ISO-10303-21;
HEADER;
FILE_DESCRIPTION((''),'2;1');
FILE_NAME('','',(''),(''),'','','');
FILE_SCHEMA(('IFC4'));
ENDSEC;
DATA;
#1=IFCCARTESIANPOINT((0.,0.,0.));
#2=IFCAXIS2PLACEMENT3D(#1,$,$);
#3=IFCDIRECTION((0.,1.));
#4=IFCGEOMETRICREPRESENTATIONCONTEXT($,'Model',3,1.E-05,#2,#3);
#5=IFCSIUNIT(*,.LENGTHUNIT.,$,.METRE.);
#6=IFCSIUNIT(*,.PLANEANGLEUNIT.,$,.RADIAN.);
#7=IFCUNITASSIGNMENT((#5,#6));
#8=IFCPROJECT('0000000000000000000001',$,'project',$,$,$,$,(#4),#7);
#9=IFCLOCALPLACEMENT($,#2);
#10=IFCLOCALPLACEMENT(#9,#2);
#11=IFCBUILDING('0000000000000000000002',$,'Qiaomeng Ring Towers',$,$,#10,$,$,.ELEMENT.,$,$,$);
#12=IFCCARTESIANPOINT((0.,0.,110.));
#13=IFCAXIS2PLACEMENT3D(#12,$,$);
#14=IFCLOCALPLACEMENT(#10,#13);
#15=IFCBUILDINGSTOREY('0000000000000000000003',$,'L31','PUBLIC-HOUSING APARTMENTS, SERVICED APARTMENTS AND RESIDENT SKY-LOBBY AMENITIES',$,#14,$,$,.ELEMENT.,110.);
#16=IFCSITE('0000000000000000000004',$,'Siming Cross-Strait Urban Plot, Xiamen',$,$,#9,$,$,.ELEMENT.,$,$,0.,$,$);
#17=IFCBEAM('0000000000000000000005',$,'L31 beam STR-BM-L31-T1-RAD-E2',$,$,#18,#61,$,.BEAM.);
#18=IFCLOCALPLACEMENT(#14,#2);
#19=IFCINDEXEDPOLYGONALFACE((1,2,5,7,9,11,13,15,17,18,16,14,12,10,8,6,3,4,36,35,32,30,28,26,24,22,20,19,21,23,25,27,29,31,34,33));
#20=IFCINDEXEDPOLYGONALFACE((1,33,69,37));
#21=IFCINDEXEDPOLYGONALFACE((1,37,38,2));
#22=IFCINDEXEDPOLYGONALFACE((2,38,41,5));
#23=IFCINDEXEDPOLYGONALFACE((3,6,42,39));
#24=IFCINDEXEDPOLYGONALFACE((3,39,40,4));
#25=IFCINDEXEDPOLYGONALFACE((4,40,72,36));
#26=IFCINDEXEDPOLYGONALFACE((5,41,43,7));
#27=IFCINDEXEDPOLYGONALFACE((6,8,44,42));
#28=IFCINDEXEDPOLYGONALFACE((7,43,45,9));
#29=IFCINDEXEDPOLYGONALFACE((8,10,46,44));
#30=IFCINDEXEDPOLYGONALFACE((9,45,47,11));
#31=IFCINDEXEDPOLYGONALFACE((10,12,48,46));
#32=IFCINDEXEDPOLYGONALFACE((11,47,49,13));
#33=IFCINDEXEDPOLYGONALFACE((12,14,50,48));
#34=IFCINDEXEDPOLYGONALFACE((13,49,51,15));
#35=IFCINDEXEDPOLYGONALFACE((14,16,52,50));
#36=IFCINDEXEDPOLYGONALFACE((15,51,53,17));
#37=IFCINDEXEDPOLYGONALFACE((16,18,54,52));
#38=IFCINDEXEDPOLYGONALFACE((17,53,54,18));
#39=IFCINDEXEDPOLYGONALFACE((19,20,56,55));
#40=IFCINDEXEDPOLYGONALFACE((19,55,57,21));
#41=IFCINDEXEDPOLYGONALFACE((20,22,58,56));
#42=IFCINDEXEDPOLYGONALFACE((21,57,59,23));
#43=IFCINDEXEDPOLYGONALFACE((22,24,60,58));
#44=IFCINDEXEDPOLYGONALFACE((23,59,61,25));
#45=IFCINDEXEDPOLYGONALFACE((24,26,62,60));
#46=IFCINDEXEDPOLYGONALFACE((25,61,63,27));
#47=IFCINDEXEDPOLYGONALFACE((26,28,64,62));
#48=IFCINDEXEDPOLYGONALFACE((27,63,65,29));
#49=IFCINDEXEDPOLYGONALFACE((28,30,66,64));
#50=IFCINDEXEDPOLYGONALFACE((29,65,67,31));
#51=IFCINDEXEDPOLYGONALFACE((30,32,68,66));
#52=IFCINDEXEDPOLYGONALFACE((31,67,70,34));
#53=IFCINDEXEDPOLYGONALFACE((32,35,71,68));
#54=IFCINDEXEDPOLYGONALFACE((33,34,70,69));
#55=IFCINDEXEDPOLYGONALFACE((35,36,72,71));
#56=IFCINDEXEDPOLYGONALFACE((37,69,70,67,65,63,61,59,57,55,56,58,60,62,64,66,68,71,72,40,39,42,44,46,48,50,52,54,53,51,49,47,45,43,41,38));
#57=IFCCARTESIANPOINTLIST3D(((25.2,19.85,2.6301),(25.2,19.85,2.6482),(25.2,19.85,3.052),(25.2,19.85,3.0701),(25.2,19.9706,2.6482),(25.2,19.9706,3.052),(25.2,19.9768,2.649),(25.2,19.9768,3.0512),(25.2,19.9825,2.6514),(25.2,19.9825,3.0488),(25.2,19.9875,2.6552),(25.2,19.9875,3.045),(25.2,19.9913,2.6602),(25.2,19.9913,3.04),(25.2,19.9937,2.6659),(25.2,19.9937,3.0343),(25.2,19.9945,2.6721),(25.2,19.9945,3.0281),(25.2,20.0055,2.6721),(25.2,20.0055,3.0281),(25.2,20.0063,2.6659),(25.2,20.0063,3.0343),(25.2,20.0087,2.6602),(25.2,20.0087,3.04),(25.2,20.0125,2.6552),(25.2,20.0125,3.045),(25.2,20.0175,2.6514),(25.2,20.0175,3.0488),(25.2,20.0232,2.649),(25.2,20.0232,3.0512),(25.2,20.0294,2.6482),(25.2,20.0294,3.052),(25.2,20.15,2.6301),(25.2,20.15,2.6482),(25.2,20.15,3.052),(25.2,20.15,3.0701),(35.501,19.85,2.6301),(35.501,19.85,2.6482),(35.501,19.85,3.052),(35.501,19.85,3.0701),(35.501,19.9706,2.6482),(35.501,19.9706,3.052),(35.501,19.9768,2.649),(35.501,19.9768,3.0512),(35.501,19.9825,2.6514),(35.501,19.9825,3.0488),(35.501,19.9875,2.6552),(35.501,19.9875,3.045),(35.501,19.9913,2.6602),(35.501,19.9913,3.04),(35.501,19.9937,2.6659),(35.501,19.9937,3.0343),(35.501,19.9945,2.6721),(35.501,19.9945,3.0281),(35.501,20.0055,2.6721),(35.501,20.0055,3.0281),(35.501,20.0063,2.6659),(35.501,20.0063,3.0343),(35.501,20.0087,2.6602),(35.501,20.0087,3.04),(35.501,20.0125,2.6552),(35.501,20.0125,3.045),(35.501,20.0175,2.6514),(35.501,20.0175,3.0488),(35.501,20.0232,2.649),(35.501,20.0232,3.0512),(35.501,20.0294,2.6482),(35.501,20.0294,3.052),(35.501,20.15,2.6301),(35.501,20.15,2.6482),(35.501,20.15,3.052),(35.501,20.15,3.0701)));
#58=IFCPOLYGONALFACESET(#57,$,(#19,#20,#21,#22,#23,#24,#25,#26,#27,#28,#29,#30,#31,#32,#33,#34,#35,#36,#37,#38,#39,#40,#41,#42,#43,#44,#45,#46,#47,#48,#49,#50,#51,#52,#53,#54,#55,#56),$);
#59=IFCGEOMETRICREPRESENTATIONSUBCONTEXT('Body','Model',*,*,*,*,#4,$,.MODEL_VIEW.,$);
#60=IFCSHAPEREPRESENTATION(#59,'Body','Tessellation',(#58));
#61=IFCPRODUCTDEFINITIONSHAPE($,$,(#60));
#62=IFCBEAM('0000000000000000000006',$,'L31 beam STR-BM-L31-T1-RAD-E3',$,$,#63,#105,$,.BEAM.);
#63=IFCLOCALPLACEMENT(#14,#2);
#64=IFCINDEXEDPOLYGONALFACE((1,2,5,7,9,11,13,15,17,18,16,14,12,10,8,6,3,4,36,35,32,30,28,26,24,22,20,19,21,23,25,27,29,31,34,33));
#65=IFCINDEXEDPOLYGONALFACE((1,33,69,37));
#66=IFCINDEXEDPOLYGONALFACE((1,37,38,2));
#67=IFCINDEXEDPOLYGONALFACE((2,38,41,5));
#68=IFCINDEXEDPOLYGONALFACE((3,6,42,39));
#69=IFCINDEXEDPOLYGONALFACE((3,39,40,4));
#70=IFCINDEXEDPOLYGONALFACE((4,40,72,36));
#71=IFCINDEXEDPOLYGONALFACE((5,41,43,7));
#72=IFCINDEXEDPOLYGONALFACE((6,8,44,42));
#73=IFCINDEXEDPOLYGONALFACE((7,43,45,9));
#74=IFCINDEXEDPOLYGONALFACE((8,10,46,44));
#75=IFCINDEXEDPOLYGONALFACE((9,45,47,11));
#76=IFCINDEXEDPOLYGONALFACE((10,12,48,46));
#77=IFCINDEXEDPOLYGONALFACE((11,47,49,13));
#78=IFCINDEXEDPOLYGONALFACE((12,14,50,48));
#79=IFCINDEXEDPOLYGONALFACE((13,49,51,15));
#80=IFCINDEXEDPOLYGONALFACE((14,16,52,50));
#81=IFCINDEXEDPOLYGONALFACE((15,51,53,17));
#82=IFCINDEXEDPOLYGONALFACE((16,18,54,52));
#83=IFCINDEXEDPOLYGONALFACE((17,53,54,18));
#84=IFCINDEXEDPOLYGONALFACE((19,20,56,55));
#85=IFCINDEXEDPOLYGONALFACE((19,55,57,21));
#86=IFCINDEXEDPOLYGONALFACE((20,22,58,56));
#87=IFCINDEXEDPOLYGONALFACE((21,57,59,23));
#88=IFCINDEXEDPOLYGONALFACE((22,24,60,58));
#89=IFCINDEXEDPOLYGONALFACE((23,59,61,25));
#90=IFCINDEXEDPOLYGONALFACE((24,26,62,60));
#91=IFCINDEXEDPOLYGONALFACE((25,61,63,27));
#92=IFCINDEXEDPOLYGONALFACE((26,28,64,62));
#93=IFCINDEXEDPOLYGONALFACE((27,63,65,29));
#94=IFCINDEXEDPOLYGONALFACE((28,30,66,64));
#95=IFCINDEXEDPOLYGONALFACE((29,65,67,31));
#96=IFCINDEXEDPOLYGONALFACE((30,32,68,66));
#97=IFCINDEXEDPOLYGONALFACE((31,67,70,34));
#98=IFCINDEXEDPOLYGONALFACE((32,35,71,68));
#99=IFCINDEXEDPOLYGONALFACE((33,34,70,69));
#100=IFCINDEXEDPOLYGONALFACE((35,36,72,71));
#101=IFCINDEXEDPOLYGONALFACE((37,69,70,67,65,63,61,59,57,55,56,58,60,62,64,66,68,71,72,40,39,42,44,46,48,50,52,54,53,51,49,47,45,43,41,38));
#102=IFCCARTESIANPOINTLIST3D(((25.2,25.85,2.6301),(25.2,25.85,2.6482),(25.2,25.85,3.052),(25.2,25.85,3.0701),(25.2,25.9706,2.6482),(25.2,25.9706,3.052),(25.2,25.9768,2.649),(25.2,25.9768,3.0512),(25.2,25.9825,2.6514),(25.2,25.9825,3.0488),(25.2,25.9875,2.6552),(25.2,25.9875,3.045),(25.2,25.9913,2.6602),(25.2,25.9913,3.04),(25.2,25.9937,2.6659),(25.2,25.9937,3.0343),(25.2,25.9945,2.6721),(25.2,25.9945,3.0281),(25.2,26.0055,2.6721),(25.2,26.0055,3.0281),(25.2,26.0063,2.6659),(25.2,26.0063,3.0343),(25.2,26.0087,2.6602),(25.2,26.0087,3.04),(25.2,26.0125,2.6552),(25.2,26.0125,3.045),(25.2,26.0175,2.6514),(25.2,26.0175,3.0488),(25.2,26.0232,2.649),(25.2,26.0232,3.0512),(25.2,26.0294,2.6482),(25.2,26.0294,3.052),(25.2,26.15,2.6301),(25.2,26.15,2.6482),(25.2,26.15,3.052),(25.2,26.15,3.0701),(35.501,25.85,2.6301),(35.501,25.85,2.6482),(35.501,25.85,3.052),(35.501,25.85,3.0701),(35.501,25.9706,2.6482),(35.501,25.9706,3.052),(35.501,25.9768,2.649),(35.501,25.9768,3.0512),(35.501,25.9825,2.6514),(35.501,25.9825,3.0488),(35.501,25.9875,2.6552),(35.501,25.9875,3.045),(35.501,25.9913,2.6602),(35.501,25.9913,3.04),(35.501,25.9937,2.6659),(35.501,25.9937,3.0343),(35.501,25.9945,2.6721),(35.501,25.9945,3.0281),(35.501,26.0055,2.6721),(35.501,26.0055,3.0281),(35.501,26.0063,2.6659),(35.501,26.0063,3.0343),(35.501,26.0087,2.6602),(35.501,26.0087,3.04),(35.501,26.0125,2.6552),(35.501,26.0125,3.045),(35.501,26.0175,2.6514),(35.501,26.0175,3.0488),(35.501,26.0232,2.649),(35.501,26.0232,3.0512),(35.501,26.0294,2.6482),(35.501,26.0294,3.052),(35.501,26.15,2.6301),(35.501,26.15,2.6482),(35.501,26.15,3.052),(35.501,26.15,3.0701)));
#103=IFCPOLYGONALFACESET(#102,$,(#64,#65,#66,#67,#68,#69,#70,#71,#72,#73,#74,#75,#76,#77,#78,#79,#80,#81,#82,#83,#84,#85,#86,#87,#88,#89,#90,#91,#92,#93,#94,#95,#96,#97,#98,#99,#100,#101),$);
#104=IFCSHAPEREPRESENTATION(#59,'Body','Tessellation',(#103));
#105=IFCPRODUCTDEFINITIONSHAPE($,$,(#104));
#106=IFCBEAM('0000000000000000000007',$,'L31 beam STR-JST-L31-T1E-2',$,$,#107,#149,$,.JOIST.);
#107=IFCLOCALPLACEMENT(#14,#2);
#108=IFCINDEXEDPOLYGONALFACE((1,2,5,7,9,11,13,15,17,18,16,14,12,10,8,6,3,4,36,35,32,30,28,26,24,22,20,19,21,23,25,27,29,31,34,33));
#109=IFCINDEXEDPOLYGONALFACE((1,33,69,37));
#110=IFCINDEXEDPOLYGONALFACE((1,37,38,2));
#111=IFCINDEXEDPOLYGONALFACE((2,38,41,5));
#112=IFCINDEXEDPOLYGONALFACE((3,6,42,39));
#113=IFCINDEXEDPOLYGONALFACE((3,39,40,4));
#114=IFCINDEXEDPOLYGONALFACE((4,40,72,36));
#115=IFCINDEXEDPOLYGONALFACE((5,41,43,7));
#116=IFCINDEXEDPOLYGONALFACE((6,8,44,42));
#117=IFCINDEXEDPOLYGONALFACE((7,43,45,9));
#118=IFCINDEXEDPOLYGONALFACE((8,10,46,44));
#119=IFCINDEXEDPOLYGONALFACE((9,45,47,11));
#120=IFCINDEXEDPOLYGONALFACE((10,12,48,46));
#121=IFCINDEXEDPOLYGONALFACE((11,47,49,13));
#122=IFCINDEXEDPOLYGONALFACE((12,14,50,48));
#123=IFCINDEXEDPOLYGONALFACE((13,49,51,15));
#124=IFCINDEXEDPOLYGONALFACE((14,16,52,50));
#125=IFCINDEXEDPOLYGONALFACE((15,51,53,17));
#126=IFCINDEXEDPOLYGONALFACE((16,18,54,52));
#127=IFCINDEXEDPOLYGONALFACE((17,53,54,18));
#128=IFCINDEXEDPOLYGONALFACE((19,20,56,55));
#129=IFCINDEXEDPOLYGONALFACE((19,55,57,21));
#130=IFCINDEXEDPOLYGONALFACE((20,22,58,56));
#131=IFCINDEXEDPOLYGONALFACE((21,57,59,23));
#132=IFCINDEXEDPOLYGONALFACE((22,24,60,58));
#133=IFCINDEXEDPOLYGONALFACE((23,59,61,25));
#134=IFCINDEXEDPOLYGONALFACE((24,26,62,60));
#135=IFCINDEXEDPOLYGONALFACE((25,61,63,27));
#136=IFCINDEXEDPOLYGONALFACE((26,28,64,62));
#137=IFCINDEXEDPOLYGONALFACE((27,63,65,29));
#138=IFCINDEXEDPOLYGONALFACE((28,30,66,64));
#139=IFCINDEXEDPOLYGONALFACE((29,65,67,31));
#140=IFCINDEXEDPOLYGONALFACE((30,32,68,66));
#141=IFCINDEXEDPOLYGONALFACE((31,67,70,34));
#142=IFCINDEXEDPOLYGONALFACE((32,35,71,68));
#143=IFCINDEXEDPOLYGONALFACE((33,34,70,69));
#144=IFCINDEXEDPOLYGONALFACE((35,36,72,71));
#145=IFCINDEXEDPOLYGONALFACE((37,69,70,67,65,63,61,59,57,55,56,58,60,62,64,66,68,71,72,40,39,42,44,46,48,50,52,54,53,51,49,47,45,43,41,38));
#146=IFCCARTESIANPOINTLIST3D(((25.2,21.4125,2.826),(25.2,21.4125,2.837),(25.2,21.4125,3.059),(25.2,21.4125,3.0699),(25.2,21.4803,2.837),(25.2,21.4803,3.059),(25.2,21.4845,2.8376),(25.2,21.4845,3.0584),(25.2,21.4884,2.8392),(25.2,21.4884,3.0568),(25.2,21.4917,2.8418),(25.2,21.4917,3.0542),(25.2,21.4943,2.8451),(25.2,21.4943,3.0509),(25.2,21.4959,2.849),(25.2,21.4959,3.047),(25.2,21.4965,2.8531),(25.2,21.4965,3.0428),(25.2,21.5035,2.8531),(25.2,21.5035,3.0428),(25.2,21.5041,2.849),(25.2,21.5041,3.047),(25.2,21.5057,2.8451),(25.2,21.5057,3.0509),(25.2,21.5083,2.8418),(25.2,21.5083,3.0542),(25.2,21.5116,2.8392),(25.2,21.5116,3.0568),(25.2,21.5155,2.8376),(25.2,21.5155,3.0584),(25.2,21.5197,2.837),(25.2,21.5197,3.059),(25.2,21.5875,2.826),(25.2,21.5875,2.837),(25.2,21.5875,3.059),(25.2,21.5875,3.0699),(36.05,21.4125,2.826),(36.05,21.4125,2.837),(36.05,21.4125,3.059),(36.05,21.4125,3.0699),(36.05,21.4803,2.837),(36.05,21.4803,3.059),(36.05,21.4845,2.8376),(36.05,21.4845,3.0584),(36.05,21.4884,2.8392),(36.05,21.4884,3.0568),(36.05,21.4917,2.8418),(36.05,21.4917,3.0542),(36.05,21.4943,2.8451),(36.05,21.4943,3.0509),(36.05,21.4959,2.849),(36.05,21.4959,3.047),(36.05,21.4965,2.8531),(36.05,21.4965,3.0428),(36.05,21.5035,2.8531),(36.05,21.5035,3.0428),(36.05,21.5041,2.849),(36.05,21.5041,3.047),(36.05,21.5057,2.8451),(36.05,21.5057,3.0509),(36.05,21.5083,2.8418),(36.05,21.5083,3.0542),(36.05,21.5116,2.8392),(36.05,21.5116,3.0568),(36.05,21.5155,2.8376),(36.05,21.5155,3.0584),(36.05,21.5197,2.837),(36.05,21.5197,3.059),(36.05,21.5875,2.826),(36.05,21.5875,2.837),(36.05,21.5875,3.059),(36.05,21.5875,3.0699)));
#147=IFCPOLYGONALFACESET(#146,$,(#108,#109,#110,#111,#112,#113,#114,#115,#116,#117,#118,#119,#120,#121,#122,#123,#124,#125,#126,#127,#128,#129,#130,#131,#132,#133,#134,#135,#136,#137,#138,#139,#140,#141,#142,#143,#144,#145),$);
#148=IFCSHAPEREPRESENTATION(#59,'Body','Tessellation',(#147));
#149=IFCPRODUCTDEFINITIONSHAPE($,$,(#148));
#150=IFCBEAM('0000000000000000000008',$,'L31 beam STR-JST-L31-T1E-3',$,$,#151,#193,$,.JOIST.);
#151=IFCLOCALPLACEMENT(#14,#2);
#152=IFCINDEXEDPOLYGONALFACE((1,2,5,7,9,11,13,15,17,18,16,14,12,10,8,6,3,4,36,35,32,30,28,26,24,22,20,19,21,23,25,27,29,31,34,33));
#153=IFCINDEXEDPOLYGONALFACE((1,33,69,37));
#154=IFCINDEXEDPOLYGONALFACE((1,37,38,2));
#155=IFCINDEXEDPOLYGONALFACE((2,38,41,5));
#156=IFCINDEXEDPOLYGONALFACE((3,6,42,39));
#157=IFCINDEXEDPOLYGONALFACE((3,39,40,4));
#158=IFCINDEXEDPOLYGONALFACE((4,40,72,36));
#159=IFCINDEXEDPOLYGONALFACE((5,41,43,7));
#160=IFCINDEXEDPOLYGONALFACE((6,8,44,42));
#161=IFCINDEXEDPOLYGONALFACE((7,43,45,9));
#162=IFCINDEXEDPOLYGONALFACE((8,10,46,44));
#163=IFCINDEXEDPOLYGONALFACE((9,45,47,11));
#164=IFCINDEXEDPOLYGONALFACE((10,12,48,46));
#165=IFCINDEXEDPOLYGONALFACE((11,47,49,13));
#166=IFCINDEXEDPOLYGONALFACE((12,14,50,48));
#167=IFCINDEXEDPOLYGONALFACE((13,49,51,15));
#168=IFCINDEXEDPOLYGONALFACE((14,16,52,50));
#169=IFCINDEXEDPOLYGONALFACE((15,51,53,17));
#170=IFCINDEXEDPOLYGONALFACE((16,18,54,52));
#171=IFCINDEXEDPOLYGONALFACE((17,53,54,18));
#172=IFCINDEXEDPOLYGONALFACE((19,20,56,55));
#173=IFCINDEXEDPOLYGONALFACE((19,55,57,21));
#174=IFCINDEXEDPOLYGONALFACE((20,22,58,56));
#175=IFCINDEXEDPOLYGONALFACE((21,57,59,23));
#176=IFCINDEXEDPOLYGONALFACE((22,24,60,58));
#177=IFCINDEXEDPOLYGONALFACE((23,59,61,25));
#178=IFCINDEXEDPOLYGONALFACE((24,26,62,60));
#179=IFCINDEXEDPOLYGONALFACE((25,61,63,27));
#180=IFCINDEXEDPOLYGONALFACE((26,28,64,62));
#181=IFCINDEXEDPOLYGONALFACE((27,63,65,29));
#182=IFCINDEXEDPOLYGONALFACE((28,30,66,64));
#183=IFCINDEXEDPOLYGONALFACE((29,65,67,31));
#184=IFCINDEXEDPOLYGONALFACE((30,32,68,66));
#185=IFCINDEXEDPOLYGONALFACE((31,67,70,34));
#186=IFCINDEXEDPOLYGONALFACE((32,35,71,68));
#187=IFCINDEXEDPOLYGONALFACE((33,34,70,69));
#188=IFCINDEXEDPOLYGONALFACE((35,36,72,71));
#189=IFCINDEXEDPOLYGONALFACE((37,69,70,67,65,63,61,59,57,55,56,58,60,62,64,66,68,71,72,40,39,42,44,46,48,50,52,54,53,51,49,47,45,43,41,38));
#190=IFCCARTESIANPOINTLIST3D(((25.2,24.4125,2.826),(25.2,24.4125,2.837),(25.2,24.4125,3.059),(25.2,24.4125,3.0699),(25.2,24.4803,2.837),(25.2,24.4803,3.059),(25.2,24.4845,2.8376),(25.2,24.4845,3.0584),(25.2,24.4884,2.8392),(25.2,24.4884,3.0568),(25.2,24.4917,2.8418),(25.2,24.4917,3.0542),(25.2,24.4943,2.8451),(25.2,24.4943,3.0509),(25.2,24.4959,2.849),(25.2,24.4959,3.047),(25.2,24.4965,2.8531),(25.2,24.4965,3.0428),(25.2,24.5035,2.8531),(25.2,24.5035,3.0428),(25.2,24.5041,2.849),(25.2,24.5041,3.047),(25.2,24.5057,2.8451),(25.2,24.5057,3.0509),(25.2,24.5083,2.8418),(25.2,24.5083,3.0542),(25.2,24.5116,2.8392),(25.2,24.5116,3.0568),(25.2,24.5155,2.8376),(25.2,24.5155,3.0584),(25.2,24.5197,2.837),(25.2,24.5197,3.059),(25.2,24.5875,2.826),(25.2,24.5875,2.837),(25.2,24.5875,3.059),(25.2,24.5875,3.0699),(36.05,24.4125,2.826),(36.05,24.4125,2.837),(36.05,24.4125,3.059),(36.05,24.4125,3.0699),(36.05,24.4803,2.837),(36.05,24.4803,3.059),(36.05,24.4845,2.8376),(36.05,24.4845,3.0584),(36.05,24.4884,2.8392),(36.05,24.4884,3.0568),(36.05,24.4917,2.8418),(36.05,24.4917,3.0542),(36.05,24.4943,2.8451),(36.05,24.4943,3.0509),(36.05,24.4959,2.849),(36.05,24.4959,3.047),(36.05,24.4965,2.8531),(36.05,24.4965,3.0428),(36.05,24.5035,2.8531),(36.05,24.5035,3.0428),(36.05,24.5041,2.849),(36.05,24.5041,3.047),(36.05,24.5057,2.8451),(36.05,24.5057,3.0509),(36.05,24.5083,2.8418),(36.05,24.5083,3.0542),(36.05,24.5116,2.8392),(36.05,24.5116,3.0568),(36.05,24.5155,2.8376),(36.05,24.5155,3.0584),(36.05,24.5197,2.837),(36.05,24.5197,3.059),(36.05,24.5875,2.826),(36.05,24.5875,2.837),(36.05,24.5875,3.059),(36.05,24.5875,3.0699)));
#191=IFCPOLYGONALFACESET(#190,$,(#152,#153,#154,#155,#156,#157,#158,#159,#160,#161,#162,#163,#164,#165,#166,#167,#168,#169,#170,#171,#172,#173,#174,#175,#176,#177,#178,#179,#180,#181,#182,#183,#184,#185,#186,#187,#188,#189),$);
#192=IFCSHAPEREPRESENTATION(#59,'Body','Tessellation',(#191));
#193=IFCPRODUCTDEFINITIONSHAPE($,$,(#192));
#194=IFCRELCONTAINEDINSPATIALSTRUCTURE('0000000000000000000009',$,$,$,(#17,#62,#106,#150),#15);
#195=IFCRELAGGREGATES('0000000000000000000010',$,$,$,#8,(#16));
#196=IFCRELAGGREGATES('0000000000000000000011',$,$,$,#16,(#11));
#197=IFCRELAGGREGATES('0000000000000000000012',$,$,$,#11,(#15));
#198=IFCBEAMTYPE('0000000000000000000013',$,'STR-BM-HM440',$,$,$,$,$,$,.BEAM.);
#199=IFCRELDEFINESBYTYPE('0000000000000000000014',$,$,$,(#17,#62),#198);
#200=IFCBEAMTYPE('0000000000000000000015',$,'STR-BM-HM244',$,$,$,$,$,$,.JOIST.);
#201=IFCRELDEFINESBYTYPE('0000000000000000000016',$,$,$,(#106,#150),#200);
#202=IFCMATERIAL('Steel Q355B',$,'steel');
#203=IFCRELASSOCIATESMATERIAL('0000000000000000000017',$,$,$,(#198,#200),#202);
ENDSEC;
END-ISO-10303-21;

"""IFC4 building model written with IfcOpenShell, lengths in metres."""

from ifc_helpers import new_model, si_unit, direction, frame, origin, origin_2d, place, context, subcontext, project, spatial, i_section, extrude, source, transform, mapped, material, material_profile, profile_set, type_object, element, save


model = new_model("IFC4")

# Units and contexts
model_context = context("Model", 3, precision=1e-05, world=origin(), true_north=direction((0.0, 1.0)))
body_context = subcontext(model_context, "Body", "Model", "MODEL_VIEW")
ifc_project = project(units=[si_unit("LENGTHUNIT", "METRE"), si_unit("PLANEANGLEUNIT", "RADIAN")], contexts=[model_context])

# Site, building, storey
site_placement = place(None, origin())
site = spatial("IfcSite", under=ifc_project, at=site_placement, Name="Siming Cross-Strait Urban Plot, Xiamen", CompositionType="ELEMENT", RefElevation=0.0)
building_placement = place(site_placement, origin())
building = spatial("IfcBuilding", under=site, at=building_placement, Name="Qiaomeng Ring Towers", CompositionType="ELEMENT")
storey_placement = place(building_placement, frame((0.0, 0.0, 110.0)))
storey = spatial("IfcBuildingStorey", under=building, at=storey_placement, Name="L31", Description="PUBLIC-HOUSING APARTMENTS, SERVICED APARTMENTS AND RESIDENT SKY-LOBBY AMENITIES", CompositionType="ELEMENT", Elevation=110.0)

# Beams
ifc_material_1 = material(Name="Steel Q355B", Category="steel")
ifc_material_profile_1 = material_profile(ifc_material_1, i_section(OverallWidth=0.3, OverallDepth=0.4399, WebThickness=0.011, FlangeThickness=0.0181, FilletRadius=0.0239, at=origin_2d()), Name="HM 440x300x11x18")
ifc_profile_set_1 = profile_set([ifc_material_profile_1], Name="Steel Q355B")
beam_type_1 = type_object("IfcBeamType", Name="STR-BM-HM440", PredefinedType="BEAM", material=ifc_profile_set_1)
shared_shape_1 = source(origin(), body_context, "Body", "SweptSolid", [
    extrude(i_section(OverallWidth=0.3, OverallDepth=0.4399, WebThickness=0.011, FlangeThickness=0.0181, FilletRadius=0.0239, at=origin_2d()), origin(), (0.0, 0.0, 1.0), 10.301),
])
for number, where, z_axis, x_axis, name in (
    (1, (25.2, 20.0, 2.8501), (1.0, 0.0, 0.0), (0.0, 1.0, 0.0), "L31 beam STR-BM-L31-T1-RAD-E2"),
    (2, (25.2, 26.0, 2.8501), (1.0, 0.0, 0.0), (0.0, 1.0, 0.0), "L31 beam STR-BM-L31-T1-RAD-E3"),
):
    element("IfcBeam", number, at=place(storey_placement, frame(where, z_axis=z_axis, x_axis=x_axis)), inside=storey, type_object=beam_type_1, Name=name, PredefinedType="BEAM", context=body_context, shape_type="MappedRepresentation", body=[
        mapped(shared_shape_1, transform((0.0, 0.0, 0.0), x_axis=(1.0, 0.0, 0.0), y_axis=(0.0, 1.0, 0.0), z_axis=(0.0, 0.0, 1.0), scale=1.0)),
    ])
ifc_material_profile_2 = material_profile(ifc_material_1, i_section(OverallWidth=0.175, OverallDepth=0.2439, WebThickness=0.0071, FlangeThickness=0.011, FilletRadius=0.0161, at=origin_2d()), Name="HM 244x175x7x11")
ifc_profile_set_2 = profile_set([ifc_material_profile_2], Name="Steel Q355B")
beam_type_2 = type_object("IfcBeamType", Name="STR-BM-HM244", PredefinedType="JOIST", material=ifc_profile_set_2)
shared_shape_2 = source(origin(), body_context, "Body", "SweptSolid", [
    extrude(i_section(OverallWidth=0.175, OverallDepth=0.2439, WebThickness=0.0071, FlangeThickness=0.011, FilletRadius=0.0161, at=origin_2d()), origin(), (0.0, 0.0, 1.0), 10.8501),
])
for number, where, z_axis, x_axis, name in (
    (3, (25.2, 21.5, 2.948), (1.0, 0.0, 0.0), (0.0, 1.0, 0.0), "L31 beam STR-JST-L31-T1E-2"),
    (4, (25.2, 24.5, 2.948), (1.0, 0.0, 0.0), (0.0, 1.0, 0.0), "L31 beam STR-JST-L31-T1E-3"),
):
    element("IfcBeam", number, at=place(storey_placement, frame(where, z_axis=z_axis, x_axis=x_axis)), inside=storey, type_object=beam_type_2, Name=name, PredefinedType="JOIST", context=body_context, shape_type="MappedRepresentation", body=[
        mapped(shared_shape_2, transform((0.0, 0.0, 0.0), x_axis=(1.0, 0.0, 0.0), y_axis=(0.0, 1.0, 0.0), z_axis=(0.0, 0.0, 1.0), scale=1.0)),
    ])

save(model, "model.ifc")
